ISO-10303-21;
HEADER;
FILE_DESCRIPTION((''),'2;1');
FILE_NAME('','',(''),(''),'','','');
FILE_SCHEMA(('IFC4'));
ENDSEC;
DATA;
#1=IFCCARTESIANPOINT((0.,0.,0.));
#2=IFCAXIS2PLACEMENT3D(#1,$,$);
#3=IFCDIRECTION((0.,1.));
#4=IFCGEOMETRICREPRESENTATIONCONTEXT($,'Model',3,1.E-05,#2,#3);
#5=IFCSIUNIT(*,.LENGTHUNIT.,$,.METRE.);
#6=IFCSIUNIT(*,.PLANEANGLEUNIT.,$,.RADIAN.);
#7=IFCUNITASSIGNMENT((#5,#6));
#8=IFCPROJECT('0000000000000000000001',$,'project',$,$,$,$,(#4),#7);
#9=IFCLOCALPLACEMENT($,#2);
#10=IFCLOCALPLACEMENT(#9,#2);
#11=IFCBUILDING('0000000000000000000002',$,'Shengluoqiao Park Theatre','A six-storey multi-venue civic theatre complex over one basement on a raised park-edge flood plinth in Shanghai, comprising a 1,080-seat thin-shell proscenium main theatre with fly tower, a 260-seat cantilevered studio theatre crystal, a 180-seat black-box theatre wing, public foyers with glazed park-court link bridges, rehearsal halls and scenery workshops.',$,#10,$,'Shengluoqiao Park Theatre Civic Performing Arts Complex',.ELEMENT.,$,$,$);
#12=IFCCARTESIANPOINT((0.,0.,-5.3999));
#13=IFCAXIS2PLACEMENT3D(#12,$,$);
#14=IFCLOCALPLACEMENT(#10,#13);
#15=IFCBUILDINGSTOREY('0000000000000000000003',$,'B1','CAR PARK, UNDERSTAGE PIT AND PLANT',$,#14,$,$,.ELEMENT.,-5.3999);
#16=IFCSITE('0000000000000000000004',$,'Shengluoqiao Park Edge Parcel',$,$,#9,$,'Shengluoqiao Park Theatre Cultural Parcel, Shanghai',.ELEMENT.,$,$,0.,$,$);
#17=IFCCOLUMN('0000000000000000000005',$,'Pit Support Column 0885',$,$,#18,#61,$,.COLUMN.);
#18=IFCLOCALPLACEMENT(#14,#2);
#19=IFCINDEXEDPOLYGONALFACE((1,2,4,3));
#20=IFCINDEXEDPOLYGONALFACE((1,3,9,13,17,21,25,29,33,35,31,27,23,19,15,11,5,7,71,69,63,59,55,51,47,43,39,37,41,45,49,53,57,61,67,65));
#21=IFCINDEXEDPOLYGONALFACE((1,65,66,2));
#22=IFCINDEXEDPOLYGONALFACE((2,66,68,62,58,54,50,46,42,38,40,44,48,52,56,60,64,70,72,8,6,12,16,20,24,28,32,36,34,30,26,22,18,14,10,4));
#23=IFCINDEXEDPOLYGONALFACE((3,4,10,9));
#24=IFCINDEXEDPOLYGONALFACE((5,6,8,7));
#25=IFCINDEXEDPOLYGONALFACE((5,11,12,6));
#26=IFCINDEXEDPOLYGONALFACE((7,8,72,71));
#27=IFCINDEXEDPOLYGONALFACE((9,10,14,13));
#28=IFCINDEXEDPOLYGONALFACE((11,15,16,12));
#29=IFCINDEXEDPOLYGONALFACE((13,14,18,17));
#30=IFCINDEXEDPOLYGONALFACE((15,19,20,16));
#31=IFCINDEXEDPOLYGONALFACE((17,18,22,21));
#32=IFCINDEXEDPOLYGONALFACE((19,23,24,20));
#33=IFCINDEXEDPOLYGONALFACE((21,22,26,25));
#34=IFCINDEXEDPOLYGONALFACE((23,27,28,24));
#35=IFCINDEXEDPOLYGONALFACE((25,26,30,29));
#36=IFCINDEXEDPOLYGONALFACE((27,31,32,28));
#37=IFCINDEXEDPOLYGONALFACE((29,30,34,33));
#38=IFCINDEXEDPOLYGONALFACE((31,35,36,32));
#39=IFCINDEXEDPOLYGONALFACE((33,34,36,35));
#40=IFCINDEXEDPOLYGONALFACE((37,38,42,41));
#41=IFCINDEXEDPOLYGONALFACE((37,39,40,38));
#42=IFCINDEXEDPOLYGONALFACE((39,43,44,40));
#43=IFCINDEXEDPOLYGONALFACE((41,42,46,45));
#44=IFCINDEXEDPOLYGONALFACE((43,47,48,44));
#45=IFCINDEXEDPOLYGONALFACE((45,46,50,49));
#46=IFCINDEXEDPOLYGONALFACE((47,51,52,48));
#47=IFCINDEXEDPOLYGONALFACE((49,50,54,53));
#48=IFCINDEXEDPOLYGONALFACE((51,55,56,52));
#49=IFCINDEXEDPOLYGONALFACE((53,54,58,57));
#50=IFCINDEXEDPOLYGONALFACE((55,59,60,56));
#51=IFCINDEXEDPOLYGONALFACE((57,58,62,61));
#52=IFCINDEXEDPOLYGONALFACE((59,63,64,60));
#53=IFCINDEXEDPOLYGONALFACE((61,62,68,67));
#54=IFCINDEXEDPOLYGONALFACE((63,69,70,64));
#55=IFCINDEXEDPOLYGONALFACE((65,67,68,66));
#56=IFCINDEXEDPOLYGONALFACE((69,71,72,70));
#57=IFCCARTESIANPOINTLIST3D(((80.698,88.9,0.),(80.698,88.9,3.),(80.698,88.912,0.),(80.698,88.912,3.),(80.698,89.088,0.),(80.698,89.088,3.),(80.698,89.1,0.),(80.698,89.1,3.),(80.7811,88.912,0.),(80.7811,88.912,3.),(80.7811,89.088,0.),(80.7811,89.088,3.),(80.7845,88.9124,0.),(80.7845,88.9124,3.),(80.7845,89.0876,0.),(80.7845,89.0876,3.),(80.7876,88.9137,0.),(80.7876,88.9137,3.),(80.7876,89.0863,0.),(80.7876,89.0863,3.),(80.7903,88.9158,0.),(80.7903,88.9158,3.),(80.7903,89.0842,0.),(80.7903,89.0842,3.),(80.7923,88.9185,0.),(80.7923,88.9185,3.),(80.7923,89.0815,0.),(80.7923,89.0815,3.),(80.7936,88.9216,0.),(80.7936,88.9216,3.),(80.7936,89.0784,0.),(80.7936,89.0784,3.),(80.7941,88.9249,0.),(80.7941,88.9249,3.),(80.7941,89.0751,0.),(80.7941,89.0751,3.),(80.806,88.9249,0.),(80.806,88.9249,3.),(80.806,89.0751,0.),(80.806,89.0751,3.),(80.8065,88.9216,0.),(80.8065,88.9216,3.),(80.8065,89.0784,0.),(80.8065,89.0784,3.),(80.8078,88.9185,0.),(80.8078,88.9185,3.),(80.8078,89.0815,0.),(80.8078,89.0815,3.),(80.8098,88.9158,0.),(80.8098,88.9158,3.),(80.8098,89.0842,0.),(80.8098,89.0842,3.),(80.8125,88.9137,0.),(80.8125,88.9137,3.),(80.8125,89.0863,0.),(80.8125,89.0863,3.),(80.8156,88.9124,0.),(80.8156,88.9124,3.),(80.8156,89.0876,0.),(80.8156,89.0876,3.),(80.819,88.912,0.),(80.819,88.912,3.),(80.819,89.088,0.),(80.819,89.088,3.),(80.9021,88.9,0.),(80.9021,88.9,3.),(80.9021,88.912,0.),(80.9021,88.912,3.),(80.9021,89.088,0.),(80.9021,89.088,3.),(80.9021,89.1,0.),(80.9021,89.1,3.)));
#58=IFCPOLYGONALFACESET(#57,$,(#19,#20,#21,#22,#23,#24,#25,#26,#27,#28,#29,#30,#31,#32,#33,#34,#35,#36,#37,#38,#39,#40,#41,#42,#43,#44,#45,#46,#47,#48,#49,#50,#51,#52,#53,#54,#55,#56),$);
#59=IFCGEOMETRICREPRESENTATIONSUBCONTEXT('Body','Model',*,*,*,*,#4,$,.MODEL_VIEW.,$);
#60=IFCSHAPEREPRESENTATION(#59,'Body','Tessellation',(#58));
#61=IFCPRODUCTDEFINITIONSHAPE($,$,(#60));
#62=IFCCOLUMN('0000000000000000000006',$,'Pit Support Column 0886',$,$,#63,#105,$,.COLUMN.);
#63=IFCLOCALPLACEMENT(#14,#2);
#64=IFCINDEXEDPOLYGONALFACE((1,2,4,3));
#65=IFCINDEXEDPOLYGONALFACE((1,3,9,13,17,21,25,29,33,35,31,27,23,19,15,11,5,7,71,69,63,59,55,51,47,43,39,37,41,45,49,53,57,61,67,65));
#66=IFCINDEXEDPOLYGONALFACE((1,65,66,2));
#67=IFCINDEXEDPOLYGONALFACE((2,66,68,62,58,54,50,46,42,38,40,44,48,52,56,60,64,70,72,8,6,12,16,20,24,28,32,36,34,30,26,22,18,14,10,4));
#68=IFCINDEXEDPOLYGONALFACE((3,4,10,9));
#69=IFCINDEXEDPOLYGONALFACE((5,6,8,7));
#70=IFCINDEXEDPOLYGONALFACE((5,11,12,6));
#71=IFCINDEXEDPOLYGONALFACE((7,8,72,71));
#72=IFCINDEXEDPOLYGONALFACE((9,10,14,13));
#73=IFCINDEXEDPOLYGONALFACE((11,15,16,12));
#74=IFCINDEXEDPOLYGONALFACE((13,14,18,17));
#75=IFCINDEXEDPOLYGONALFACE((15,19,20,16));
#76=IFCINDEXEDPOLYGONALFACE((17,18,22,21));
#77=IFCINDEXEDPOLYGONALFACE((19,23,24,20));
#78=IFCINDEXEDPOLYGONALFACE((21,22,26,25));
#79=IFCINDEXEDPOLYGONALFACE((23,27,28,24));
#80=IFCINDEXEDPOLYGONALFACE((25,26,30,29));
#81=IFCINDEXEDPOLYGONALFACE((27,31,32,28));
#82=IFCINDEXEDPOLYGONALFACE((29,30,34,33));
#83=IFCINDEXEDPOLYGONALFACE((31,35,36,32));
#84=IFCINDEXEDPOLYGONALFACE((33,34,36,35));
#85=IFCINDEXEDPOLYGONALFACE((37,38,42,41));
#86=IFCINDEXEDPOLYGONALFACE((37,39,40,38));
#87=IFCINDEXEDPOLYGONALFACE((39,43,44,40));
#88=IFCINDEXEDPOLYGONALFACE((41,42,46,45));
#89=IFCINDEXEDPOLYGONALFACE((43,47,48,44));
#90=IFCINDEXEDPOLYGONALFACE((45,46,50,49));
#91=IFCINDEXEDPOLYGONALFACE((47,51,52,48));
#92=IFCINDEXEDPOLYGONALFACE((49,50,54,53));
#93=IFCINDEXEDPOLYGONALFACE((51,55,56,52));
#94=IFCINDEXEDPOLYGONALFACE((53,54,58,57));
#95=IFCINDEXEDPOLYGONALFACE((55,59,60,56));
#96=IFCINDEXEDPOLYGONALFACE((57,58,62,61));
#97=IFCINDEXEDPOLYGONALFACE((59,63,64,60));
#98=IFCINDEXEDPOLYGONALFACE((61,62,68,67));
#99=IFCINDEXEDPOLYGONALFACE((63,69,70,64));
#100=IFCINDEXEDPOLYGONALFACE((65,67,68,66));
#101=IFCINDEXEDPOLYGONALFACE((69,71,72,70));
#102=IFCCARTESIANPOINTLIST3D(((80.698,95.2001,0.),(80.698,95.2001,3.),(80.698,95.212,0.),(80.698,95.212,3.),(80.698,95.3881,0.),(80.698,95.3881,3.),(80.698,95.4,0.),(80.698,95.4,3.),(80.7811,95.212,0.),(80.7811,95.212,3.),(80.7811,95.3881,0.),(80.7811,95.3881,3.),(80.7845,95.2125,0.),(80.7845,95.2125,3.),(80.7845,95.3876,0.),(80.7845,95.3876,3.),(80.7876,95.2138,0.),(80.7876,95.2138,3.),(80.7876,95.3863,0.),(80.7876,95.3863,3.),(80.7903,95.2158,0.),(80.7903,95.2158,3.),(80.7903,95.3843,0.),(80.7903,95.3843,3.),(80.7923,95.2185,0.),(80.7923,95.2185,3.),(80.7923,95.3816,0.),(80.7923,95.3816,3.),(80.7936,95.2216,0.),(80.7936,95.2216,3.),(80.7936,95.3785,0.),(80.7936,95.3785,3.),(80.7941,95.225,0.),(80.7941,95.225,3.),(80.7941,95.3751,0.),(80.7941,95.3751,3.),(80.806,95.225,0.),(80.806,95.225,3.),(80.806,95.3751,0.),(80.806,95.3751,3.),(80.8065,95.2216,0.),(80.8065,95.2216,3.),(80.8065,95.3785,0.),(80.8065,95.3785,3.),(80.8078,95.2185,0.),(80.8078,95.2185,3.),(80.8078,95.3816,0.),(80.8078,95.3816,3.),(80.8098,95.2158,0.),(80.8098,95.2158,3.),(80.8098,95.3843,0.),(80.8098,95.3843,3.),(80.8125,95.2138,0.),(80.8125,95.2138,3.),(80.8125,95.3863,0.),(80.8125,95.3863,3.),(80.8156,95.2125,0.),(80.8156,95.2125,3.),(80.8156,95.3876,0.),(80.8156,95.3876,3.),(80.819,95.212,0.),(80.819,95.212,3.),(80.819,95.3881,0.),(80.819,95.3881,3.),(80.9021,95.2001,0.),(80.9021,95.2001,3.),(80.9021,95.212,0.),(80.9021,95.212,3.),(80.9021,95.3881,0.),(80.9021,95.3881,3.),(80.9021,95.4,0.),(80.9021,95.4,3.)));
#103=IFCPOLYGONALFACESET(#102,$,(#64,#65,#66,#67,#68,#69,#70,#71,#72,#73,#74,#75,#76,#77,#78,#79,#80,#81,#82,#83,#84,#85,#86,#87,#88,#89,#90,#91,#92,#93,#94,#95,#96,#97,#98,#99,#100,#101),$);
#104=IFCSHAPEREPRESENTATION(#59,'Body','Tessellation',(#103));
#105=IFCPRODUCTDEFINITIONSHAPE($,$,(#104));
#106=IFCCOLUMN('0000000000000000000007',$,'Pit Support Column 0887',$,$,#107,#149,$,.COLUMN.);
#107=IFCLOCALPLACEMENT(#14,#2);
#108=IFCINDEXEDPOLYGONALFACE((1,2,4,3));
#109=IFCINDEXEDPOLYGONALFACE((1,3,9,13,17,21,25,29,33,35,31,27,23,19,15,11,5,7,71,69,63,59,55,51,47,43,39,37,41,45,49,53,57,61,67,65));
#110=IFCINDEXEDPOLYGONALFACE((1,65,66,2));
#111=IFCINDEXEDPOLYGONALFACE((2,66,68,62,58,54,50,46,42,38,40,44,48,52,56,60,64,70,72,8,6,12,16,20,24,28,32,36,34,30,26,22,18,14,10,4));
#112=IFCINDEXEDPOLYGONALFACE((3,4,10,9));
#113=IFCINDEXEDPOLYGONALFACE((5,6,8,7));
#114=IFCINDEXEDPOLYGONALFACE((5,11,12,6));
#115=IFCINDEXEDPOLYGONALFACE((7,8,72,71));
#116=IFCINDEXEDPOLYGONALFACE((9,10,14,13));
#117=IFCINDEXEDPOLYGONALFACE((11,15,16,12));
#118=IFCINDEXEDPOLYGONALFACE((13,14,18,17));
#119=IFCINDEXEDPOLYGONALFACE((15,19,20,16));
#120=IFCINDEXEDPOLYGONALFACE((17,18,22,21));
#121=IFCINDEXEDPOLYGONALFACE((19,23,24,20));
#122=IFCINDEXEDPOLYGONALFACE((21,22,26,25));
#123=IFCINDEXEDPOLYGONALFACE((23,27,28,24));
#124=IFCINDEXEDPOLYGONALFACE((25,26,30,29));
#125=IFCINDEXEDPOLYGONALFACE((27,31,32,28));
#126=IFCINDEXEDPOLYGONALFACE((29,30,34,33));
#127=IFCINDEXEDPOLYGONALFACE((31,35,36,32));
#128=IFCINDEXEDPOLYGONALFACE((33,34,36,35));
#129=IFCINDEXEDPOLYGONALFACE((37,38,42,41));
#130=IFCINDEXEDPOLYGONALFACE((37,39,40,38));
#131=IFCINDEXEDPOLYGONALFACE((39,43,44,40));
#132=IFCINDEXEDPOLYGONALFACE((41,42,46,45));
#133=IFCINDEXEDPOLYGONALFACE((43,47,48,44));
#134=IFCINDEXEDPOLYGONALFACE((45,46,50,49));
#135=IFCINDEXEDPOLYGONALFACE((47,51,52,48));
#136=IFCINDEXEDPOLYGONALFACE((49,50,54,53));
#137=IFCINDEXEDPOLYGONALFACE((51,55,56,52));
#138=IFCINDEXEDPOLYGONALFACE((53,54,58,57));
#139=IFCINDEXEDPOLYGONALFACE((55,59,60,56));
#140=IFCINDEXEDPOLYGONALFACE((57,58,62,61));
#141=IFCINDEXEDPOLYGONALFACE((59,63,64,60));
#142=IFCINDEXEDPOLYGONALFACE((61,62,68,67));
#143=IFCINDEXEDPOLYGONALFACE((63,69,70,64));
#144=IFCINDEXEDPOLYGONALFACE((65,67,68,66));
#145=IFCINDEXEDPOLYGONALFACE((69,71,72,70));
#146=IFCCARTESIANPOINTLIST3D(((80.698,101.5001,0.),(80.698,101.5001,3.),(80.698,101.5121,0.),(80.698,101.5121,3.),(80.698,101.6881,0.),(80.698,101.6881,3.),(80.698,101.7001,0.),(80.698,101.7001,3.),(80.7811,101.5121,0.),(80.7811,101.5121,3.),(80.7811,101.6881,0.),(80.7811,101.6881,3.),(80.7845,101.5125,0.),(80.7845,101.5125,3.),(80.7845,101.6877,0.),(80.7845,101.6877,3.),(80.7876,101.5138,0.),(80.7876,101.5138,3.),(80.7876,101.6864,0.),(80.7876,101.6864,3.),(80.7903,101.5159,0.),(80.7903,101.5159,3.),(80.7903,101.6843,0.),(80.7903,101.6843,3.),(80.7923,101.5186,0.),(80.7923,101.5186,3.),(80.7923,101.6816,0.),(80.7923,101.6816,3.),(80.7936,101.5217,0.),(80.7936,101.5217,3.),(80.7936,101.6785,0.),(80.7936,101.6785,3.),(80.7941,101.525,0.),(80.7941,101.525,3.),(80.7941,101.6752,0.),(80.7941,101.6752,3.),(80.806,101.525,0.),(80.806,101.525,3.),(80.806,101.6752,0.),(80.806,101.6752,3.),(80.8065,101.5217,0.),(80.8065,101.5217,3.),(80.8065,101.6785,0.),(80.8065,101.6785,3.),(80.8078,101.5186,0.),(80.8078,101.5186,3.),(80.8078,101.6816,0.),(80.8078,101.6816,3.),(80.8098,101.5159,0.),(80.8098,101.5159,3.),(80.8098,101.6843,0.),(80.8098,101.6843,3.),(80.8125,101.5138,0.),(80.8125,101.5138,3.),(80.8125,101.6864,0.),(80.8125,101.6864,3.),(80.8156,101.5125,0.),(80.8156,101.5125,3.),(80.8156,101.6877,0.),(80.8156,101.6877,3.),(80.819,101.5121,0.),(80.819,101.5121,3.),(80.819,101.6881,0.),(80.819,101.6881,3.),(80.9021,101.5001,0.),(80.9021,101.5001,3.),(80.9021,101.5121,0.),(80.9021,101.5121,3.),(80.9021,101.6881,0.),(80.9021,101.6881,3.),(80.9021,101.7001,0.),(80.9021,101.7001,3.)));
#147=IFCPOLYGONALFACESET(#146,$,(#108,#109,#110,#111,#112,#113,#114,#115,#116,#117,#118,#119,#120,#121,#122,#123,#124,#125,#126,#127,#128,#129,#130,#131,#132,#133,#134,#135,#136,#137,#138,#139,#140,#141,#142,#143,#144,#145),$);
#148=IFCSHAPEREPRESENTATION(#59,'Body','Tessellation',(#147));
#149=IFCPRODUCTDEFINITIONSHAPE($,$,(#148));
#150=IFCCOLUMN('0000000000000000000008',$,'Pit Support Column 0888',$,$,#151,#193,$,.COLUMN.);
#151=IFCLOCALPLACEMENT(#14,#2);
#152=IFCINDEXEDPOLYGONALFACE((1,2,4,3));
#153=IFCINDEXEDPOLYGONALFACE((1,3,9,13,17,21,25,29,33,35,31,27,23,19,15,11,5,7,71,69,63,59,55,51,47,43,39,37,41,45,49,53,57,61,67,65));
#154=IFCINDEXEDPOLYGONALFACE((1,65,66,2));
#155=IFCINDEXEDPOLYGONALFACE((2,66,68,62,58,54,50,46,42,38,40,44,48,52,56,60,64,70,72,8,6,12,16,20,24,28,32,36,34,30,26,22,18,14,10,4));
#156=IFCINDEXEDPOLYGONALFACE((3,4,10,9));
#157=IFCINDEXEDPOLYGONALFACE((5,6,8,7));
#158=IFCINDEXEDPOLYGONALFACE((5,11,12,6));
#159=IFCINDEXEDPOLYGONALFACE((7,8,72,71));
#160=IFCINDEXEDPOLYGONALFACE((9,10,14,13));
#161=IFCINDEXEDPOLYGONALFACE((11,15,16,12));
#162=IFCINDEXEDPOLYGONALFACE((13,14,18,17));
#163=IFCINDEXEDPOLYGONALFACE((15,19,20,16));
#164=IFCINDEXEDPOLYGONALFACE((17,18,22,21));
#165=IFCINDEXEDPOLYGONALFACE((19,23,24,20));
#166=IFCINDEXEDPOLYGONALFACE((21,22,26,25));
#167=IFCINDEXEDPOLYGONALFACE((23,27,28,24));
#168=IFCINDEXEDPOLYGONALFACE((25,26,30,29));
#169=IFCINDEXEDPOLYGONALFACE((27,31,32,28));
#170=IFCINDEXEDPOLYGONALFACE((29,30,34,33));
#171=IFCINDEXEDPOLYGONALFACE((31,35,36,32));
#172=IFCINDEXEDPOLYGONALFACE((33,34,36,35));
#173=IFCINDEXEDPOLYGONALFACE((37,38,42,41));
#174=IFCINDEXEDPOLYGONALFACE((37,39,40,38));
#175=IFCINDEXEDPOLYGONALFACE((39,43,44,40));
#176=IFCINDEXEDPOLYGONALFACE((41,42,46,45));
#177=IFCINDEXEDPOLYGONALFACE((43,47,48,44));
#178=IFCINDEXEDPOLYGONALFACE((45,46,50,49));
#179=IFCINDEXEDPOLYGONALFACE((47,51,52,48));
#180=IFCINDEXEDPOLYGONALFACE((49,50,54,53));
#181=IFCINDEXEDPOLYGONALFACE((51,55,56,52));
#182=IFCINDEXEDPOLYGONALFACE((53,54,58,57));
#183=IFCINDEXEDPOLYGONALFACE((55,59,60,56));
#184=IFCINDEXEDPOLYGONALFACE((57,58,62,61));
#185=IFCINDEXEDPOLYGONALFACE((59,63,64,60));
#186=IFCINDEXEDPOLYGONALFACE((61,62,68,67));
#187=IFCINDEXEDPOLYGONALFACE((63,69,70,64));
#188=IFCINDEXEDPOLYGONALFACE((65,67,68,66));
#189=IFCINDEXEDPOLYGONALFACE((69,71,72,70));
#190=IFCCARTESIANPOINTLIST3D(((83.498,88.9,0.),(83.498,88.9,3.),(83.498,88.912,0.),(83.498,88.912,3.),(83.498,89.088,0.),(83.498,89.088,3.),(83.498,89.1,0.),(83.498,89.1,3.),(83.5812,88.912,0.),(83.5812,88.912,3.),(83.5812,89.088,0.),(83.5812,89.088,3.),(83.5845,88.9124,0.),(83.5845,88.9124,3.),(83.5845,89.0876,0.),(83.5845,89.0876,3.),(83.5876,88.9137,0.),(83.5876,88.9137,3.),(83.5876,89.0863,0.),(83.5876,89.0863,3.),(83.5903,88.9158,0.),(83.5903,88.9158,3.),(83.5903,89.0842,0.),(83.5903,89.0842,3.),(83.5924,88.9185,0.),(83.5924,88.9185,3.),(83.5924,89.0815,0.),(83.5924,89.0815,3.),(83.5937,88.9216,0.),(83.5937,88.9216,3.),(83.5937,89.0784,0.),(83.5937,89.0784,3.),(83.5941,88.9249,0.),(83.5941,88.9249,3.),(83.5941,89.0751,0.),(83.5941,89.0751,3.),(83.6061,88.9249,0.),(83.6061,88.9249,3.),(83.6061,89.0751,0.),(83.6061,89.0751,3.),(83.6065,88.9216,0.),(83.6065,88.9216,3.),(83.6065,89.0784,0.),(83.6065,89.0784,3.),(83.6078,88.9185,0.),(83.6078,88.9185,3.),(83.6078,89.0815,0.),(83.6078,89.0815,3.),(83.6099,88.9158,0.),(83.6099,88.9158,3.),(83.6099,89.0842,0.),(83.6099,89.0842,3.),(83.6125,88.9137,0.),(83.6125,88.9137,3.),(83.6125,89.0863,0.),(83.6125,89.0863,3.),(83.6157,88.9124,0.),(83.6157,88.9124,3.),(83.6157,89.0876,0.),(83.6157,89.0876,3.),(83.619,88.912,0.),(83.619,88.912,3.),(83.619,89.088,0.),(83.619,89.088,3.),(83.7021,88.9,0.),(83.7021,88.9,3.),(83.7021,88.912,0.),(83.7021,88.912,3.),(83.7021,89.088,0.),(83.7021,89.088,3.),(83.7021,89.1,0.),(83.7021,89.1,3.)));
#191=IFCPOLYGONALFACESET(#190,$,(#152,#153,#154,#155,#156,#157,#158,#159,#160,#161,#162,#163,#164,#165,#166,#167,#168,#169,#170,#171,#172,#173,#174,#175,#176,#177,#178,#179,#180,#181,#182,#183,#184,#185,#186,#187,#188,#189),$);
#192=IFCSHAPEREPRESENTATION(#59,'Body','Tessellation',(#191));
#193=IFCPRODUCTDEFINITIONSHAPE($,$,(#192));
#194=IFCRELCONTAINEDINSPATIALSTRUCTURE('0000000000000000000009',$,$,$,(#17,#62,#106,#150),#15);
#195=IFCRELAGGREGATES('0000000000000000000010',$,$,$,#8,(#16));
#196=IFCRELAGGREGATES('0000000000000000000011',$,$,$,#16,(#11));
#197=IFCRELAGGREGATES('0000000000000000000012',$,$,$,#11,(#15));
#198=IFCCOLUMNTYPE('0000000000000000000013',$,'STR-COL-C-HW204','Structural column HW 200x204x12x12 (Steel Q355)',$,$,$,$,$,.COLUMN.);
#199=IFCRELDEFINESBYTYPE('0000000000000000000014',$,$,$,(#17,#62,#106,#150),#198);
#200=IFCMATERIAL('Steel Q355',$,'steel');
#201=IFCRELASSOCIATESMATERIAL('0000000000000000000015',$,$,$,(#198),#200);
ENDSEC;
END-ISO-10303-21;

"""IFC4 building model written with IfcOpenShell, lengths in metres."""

from ifc_helpers import new_model, si_unit, direction, frame, origin, origin_2d, place, context, subcontext, project, spatial, i_section, extrude, material, material_profile, profile_set, type_object, element, save


model = new_model("IFC4")

# Units and contexts
model_context = context("Model", 3, precision=1e-05, world=origin(), true_north=direction((0.0, 1.0)))
body_context = subcontext(model_context, "Body", "Model", "MODEL_VIEW")
ifc_project = project(units=[si_unit("LENGTHUNIT", "METRE"), si_unit("PLANEANGLEUNIT", "RADIAN")], contexts=[model_context])

# Site, building, storey
site_placement = place(None, origin())
site = spatial("IfcSite", under=ifc_project, at=site_placement, Name="Shengluoqiao Park Edge Parcel", LongName="Shengluoqiao Park Theatre Cultural Parcel, Shanghai", CompositionType="ELEMENT", RefElevation=0.0)
building_placement = place(site_placement, origin())
building = spatial("IfcBuilding", under=site, at=building_placement, Name="Shengluoqiao Park Theatre", Description="A six-storey multi-venue civic theatre complex over one basement on a raised park-edge flood plinth in Shanghai, comprising a 1,080-seat thin-shell proscenium main theatre with fly tower, a 260-seat cantilevered studio theatre crystal, a 180-seat black-box theatre wing, public foyers with glazed park-court link bridges, rehearsal halls and scenery workshops.", LongName="Shengluoqiao Park Theatre Civic Performing Arts Complex", CompositionType="ELEMENT")
storey_placement = place(building_placement, frame((0.0, 0.0, -5.3999)))
storey = spatial("IfcBuildingStorey", under=building, at=storey_placement, Name="B1", Description="CAR PARK, UNDERSTAGE PIT AND PLANT", CompositionType="ELEMENT", Elevation=-5.3999)

# Columns
ifc_material_1 = material(Name="Steel Q355", Category="steel")
ifc_material_profile_1 = material_profile(ifc_material_1, i_section(OverallWidth=0.2041, OverallDepth=0.2, WebThickness=0.012, FlangeThickness=0.012, FilletRadius=0.0129, at=origin_2d()), Name="HW 200x204x12x12")
ifc_profile_set_1 = profile_set([ifc_material_profile_1], Name="Steel Q355")
column_type_1 = type_object("IfcColumnType", Name="STR-COL-C-HW204", Description="Structural column HW 200x204x12x12 (Steel Q355)", PredefinedType="COLUMN", material=ifc_profile_set_1)
for number, where, z_axis, x_axis, name in (
    (1, (80.8, 89.0, 0.0), (0.0, 0.0, 1.0), (1.0, 0.0, 0.0), "Pit Support Column 0885"),
    (2, (80.8, 95.3, 0.0), (0.0, 0.0, 1.0), (1.0, 0.0, 0.0), "Pit Support Column 0886"),
    (3, (80.8, 101.6001, 0.0), (0.0, 0.0, 1.0), (1.0, 0.0, 0.0), "Pit Support Column 0887"),
    (4, (83.6001, 89.0, 0.0), (0.0, 0.0, 1.0), (1.0, 0.0, 0.0), "Pit Support Column 0888"),
):
    element("IfcColumn", number, at=place(storey_placement, frame(where, z_axis=z_axis, x_axis=x_axis)), inside=storey, type_object=column_type_1, Name=name, PredefinedType="COLUMN", context=body_context, shape_type="SweptSolid", body=[
        extrude(i_section(OverallWidth=0.2041, OverallDepth=0.2, WebThickness=0.012, FlangeThickness=0.012, FilletRadius=0.0129, at=origin_2d()), origin(), (0.0, 0.0, 1.0), 3.0),
    ])

save(model, "model.ifc")
